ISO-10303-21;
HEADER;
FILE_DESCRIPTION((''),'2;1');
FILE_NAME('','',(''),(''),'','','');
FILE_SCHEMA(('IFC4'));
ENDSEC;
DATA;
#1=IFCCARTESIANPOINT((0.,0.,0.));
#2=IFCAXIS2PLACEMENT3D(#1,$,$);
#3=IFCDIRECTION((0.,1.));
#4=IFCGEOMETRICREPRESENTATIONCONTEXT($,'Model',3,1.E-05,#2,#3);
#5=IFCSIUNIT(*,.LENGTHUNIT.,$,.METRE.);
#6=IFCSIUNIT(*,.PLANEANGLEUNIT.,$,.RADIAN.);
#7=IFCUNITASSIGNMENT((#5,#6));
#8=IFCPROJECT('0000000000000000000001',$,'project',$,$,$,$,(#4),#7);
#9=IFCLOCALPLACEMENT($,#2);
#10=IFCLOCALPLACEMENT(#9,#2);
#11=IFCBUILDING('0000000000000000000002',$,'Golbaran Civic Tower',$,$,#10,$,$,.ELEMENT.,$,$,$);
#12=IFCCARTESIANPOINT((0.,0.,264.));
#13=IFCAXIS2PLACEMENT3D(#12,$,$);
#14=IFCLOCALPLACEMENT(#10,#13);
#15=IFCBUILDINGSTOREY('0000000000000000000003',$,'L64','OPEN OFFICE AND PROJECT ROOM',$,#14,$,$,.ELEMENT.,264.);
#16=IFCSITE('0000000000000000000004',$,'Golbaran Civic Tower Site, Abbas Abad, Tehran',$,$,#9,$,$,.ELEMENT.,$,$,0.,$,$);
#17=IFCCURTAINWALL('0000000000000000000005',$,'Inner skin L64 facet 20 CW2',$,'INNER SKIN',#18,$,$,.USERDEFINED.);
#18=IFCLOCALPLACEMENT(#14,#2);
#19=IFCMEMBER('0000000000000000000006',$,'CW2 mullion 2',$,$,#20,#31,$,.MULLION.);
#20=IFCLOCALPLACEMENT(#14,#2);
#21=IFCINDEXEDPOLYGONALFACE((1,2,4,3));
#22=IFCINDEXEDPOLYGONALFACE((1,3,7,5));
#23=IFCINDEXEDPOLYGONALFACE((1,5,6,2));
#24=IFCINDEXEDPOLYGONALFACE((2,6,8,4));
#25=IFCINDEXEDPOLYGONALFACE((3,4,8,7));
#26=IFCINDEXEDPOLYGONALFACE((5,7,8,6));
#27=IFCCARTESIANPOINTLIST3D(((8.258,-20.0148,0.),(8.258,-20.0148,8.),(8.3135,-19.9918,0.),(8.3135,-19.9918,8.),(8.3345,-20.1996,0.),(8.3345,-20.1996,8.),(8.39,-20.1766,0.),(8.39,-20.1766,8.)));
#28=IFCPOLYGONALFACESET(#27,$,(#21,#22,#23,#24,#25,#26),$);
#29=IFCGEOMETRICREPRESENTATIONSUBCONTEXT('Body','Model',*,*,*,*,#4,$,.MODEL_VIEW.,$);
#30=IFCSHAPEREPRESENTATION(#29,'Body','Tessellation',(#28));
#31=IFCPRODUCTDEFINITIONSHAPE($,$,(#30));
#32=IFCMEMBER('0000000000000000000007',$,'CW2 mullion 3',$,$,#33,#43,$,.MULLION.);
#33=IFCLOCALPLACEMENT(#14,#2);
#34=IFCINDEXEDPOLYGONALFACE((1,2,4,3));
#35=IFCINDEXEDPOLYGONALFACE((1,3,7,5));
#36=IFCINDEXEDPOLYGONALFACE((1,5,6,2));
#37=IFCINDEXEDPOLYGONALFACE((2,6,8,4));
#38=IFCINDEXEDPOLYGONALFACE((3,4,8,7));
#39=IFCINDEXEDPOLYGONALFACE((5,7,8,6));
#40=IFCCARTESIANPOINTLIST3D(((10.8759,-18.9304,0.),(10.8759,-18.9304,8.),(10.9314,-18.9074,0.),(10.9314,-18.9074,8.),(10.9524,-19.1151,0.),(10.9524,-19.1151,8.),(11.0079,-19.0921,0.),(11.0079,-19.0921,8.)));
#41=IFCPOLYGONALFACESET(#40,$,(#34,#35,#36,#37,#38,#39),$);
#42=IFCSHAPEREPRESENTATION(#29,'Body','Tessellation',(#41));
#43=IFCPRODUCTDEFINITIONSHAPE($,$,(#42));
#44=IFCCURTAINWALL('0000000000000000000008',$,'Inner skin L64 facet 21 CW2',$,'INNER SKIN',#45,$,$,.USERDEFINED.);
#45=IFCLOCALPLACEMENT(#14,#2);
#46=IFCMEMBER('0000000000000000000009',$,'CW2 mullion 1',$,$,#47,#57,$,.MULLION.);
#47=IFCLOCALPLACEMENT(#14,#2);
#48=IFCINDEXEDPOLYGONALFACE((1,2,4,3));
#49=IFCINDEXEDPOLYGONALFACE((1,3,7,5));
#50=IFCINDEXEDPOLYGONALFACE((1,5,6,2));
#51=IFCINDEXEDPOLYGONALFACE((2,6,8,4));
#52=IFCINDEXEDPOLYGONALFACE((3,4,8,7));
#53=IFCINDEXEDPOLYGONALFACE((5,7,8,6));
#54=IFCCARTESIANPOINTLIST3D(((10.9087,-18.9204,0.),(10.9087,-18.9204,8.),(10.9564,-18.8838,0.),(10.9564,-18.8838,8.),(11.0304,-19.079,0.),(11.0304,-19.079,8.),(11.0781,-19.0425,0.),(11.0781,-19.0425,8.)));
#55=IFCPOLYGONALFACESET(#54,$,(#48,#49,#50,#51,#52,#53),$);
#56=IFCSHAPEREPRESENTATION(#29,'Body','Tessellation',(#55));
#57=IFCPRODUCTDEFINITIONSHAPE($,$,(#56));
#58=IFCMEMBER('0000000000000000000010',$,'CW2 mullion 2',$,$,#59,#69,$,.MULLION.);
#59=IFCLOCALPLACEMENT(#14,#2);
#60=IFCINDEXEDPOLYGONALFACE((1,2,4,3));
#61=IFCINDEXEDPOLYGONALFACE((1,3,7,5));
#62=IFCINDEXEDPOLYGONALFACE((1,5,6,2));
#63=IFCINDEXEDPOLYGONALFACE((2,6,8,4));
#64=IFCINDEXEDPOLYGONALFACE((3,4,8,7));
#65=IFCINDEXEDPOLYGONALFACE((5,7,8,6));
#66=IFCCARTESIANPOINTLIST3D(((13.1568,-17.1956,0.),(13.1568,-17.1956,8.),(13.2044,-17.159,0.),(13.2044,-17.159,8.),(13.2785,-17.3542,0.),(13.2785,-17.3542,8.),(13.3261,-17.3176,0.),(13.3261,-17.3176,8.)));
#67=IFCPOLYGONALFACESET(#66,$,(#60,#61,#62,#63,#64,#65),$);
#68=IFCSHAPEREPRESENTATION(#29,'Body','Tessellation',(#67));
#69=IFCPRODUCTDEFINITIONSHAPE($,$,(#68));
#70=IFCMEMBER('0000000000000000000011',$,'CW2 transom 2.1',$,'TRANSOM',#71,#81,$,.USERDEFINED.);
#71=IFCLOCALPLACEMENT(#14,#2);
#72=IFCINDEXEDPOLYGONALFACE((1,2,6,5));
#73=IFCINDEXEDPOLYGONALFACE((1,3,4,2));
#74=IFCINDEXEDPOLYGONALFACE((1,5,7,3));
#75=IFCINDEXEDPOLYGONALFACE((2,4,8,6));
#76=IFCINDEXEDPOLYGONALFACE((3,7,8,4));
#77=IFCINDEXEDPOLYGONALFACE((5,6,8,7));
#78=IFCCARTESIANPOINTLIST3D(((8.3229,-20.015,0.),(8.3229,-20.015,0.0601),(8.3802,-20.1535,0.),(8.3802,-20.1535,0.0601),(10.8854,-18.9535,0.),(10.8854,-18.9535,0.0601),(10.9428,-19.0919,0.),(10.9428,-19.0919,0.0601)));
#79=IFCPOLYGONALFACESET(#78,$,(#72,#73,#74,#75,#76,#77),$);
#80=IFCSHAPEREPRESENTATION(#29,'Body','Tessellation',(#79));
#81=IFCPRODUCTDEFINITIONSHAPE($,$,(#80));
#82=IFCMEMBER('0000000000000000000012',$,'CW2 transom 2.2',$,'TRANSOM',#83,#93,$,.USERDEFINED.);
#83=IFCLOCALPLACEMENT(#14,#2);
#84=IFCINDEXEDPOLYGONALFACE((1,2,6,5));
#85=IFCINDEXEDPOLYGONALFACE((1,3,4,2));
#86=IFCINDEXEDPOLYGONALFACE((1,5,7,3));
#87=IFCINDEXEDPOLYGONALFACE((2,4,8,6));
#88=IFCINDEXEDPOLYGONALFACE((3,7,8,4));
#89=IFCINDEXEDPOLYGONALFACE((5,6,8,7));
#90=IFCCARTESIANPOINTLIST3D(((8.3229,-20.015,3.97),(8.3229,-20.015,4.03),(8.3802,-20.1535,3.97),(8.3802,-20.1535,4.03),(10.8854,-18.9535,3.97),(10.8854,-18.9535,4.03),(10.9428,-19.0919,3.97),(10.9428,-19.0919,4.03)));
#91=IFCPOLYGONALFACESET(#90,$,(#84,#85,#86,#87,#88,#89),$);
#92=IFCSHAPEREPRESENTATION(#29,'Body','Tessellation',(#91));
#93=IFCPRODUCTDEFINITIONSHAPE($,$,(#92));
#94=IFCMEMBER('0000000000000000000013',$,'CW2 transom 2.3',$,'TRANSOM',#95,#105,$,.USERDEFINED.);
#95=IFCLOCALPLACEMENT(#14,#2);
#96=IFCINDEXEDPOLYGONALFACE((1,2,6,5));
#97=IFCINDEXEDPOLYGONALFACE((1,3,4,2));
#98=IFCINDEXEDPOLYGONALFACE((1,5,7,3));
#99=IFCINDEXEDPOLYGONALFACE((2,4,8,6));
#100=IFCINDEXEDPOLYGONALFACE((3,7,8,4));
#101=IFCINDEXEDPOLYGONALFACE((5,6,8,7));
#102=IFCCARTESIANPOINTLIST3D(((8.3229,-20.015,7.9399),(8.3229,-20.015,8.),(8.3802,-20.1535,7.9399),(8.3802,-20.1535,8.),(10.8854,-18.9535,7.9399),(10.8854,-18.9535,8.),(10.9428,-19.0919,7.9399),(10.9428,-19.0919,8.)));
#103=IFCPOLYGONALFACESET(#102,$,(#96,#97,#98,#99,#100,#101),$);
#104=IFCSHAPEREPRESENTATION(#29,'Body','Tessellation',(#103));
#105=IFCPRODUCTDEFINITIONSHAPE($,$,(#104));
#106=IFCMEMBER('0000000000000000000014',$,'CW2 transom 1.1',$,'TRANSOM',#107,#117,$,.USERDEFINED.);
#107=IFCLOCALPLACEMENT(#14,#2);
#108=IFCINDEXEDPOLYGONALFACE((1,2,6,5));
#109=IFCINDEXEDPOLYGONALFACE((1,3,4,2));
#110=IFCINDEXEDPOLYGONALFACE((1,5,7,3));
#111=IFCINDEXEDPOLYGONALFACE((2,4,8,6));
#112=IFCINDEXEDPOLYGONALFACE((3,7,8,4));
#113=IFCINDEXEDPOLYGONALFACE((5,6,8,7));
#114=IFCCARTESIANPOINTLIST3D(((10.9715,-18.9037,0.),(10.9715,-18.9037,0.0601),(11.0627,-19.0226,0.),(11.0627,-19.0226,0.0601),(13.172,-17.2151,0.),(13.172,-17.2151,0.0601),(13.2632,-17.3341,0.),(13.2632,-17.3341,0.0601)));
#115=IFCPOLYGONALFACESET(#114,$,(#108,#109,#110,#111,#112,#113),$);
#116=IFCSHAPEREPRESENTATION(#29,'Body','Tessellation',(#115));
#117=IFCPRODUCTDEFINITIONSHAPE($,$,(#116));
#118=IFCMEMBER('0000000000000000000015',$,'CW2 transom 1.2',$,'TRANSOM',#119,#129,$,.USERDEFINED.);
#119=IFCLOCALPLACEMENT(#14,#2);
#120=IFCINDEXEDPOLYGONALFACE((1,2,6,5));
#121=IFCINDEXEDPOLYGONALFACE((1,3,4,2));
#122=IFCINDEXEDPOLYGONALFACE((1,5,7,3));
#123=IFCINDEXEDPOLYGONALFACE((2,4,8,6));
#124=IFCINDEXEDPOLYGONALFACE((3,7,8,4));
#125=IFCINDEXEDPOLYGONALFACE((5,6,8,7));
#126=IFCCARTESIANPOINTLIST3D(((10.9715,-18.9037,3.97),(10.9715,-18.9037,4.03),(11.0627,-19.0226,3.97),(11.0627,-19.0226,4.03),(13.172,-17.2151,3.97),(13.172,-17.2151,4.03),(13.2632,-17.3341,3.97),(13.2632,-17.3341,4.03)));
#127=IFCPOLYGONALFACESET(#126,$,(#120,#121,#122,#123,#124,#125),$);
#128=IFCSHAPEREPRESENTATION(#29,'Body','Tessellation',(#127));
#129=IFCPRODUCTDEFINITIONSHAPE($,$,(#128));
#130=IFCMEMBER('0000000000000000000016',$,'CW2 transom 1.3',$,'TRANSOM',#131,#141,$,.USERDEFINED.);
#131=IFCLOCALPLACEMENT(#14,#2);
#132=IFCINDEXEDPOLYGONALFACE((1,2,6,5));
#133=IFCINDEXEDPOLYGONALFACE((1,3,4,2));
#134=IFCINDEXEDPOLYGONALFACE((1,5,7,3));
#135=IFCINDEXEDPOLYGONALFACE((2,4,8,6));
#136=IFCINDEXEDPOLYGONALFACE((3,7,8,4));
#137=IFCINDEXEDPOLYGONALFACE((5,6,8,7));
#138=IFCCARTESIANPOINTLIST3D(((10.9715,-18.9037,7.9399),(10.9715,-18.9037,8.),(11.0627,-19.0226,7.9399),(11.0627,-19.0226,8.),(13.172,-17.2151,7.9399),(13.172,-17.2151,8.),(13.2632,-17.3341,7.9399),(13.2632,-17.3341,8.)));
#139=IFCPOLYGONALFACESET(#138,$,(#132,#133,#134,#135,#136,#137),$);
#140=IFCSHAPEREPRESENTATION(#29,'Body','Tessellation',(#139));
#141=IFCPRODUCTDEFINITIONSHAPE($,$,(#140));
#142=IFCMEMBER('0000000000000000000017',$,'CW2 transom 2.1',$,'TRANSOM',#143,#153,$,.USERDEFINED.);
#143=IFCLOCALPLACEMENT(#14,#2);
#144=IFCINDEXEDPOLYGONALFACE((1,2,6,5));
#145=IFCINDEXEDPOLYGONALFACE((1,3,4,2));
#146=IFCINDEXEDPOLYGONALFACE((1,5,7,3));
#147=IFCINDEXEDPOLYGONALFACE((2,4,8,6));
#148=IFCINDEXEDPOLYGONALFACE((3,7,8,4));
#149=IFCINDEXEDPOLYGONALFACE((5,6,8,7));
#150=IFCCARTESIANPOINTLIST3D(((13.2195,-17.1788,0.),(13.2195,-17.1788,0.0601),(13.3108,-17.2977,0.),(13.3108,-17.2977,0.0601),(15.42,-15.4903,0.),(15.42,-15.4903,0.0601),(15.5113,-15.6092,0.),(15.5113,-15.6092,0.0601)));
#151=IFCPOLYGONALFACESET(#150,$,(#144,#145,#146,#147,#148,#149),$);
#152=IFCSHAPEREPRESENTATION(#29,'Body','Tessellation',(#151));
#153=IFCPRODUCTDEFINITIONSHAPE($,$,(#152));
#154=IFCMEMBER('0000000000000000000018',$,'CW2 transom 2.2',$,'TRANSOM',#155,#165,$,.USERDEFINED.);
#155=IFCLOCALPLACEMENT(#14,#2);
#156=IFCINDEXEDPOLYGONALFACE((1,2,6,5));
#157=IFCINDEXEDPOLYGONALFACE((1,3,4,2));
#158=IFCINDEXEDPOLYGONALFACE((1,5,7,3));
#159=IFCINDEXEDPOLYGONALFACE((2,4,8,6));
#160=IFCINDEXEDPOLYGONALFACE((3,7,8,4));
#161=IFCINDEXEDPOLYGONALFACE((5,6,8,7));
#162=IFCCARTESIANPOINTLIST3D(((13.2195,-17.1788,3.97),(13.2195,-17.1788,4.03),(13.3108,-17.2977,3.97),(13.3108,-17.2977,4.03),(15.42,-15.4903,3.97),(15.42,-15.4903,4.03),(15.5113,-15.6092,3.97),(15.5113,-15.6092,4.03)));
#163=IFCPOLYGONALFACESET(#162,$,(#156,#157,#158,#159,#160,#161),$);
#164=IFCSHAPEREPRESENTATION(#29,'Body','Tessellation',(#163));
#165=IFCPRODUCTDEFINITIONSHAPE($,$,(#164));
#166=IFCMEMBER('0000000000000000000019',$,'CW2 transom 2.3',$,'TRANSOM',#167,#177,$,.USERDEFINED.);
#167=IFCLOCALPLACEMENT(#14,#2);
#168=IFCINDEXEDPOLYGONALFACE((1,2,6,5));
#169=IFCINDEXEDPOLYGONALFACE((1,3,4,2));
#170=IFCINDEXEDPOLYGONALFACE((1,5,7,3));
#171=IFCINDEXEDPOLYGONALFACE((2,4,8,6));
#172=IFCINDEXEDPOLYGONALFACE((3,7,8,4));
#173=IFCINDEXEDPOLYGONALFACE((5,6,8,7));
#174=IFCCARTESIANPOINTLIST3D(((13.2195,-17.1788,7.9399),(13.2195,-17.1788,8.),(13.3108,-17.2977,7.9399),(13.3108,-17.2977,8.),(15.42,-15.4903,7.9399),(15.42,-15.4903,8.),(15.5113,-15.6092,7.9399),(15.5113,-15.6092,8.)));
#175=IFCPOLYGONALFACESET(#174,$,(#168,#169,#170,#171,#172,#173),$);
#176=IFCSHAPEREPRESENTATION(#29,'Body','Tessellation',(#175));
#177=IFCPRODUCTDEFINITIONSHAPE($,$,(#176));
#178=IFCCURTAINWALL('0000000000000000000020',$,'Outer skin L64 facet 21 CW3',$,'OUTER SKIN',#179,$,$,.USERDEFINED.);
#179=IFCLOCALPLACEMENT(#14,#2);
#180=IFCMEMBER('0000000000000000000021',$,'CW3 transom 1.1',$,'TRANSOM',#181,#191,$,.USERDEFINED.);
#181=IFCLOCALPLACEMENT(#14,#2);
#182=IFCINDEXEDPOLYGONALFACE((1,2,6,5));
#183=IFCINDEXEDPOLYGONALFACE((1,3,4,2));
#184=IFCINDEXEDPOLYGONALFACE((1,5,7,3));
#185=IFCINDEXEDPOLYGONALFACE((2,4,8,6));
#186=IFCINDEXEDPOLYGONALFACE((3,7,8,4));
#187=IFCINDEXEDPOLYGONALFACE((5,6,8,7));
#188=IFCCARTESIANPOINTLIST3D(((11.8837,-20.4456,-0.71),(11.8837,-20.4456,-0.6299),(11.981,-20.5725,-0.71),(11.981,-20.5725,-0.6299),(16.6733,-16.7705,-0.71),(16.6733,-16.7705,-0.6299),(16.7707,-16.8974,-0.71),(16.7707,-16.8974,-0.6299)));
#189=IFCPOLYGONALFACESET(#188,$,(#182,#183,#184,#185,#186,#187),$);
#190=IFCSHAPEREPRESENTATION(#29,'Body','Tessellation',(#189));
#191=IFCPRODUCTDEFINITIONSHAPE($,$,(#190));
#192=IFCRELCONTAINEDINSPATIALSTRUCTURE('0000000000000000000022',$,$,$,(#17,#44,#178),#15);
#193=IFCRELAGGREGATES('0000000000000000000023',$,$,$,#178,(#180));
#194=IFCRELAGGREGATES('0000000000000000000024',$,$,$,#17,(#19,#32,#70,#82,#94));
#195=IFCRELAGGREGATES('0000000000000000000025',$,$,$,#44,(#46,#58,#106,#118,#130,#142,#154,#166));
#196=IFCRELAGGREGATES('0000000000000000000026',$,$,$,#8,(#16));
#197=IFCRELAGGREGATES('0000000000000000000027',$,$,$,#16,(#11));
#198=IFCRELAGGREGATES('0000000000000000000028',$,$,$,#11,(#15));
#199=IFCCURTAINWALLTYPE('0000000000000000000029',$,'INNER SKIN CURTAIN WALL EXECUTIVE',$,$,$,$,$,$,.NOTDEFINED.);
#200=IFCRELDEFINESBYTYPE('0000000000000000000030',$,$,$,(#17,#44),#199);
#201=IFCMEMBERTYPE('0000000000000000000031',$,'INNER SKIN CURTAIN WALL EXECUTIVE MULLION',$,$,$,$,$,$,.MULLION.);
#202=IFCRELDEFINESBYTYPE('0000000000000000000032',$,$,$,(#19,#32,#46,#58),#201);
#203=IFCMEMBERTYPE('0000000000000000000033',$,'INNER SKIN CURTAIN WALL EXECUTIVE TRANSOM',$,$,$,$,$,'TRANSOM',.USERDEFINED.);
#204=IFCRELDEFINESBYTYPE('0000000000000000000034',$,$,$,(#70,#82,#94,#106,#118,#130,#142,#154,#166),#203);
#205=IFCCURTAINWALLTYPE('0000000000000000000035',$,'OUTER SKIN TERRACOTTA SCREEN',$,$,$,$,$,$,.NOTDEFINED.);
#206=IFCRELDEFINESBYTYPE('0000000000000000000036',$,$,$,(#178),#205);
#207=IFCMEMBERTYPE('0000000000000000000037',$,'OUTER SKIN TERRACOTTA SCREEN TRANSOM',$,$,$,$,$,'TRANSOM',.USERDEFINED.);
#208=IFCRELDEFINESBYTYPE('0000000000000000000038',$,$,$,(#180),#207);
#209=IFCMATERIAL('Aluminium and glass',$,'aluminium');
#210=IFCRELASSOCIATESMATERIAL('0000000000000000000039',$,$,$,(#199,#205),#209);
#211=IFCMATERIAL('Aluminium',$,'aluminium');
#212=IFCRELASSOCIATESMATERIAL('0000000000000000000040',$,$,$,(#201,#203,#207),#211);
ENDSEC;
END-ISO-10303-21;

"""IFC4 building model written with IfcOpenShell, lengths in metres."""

from ifc_helpers import new_model, si_unit, direction, frame, origin, origin_2d, place, context, subcontext, project, spatial, rectangle, extrude, material, material_profile, profile_set, type_object, element, aggregate, save


model = new_model("IFC4")

# Units and contexts
model_context = context("Model", 3, precision=1e-05, world=origin(), true_north=direction((0.0, 1.0)))
body_context = subcontext(model_context, "Body", "Model", "MODEL_VIEW")
ifc_project = project(units=[si_unit("LENGTHUNIT", "METRE"), si_unit("PLANEANGLEUNIT", "RADIAN")], contexts=[model_context])

# Site, building, storey
site_placement = place(None, origin())
site = spatial("IfcSite", under=ifc_project, at=site_placement, Name="Golbaran Civic Tower Site, Abbas Abad, Tehran", CompositionType="ELEMENT", RefElevation=0.0)
building_placement = place(site_placement, origin())
building = spatial("IfcBuilding", under=site, at=building_placement, Name="Golbaran Civic Tower", CompositionType="ELEMENT")
storey_placement = place(building_placement, frame((0.0, 0.0, 264.0)))
storey = spatial("IfcBuildingStorey", under=building, at=storey_placement, Name="L64", Description="OPEN OFFICE AND PROJECT ROOM", CompositionType="ELEMENT", Elevation=264.0)

# Curtain walls, members
ifc_material_1 = material(Name="Aluminium and glass", Category="aluminium")
curtain_wall_type_1 = type_object("IfcCurtainWallType", Name="INNER SKIN CURTAIN WALL EXECUTIVE", PredefinedType="NOTDEFINED", material=ifc_material_1)
curtain_wall_1_placement = place(storey_placement, origin())
curtain_wall_1 = element("IfcCurtainWall", 1, at=curtain_wall_1_placement, inside=storey, type_object=curtain_wall_type_1, Name="Inner skin L64 facet 20 CW2", ObjectType="INNER SKIN", PredefinedType="USERDEFINED")
ifc_material_2 = material(Name="Aluminium", Category="aluminium")
ifc_material_profile_1 = material_profile(ifc_material_2, rectangle(XDim=0.2, YDim=0.0601, at=origin_2d()), Name="INNER SKIN CURTAIN WALL EXECUTIVE MULLION")
ifc_profile_set_1 = profile_set([ifc_material_profile_1], Name="Aluminium")
member_type_1 = type_object("IfcMemberType", Name="INNER SKIN CURTAIN WALL EXECUTIVE MULLION", PredefinedType="MULLION", material=ifc_profile_set_1)
member_1_placement = place(storey_placement, frame((8.324, -20.0957, 0.0), z_axis=(0.0, 0.0, 1.0), x_axis=(-0.382683, 0.92388, 0.0)))
member_1 = element("IfcMember", 2, at=member_1_placement, type_object=member_type_1, Name="CW2 mullion 2", PredefinedType="MULLION", context=body_context, shape_type="SweptSolid", body=[
    extrude(rectangle(XDim=0.2, YDim=0.0601, at=origin_2d()), origin(), (0.0, 0.0, 1.0), 8.0),
])
member_2_placement = place(storey_placement, frame((10.9419, -19.0112, 0.0), z_axis=(0.0, 0.0, 1.0), x_axis=(-0.382683, 0.92388, 0.0)))
member_2 = element("IfcMember", 3, at=member_2_placement, type_object=member_type_1, Name="CW2 mullion 3", PredefinedType="MULLION", context=body_context, shape_type="SweptSolid", body=[
    extrude(rectangle(XDim=0.2, YDim=0.0601, at=origin_2d()), origin(), (0.0, 0.0, 1.0), 8.0),
])
curtain_wall_2_placement = place(storey_placement, origin())
curtain_wall_2 = element("IfcCurtainWall", 4, at=curtain_wall_2_placement, inside=storey, type_object=curtain_wall_type_1, Name="Inner skin L64 facet 21 CW2", ObjectType="INNER SKIN", PredefinedType="USERDEFINED")
member_3_placement = place(storey_placement, frame((10.9934, -18.9814, 0.0), z_axis=(0.0, 0.0, 1.0), x_axis=(-0.608761, 0.793353, 0.0)))
member_3 = element("IfcMember", 5, at=member_3_placement, type_object=member_type_1, Name="CW2 mullion 1", PredefinedType="MULLION", context=body_context, shape_type="SweptSolid", body=[
    extrude(rectangle(XDim=0.2, YDim=0.0601, at=origin_2d()), origin(), (0.0, 0.0, 1.0), 8.0),
])
member_4_placement = place(storey_placement, frame((13.2415, -17.2566, 0.0), z_axis=(0.0, 0.0, 1.0), x_axis=(-0.608761, 0.793353, 0.0)))
member_4 = element("IfcMember", 6, at=member_4_placement, type_object=member_type_1, Name="CW2 mullion 2", PredefinedType="MULLION", context=body_context, shape_type="SweptSolid", body=[
    extrude(rectangle(XDim=0.2, YDim=0.0601, at=origin_2d()), origin(), (0.0, 0.0, 1.0), 8.0),
])

# Members
ifc_material_profile_2 = material_profile(ifc_material_2, rectangle(XDim=0.1499, YDim=0.0601, at=origin_2d()), Name="INNER SKIN CURTAIN WALL EXECUTIVE TRANSOM")
ifc_profile_set_2 = profile_set([ifc_material_profile_2], Name="Aluminium")
member_type_2 = type_object("IfcMemberType", Name="INNER SKIN CURTAIN WALL EXECUTIVE TRANSOM", ElementType="TRANSOM", PredefinedType="USERDEFINED", material=ifc_profile_set_2)
member_5_placement = place(storey_placement, frame((8.3516, -20.0842, 0.03), z_axis=(0.923867, 0.382715, 0.0), x_axis=(-0.382715, 0.923867, 0.0)))
member_5 = element("IfcMember", 7, at=member_5_placement, type_object=member_type_2, Name="CW2 transom 2.1", ObjectType="TRANSOM", PredefinedType="USERDEFINED", context=body_context, shape_type="SweptSolid", body=[
    extrude(rectangle(XDim=0.1499, YDim=0.0601, at=origin_2d()), origin(), (0.0, 0.0, 1.0), 2.7737),
])
member_6_placement = place(storey_placement, frame((8.3516, -20.0842, 4.0), z_axis=(0.923867, 0.382715, 0.0), x_axis=(-0.382715, 0.923867, 0.0)))
member_6 = element("IfcMember", 8, at=member_6_placement, type_object=member_type_2, Name="CW2 transom 2.2", ObjectType="TRANSOM", PredefinedType="USERDEFINED", context=body_context, shape_type="SweptSolid", body=[
    extrude(rectangle(XDim=0.1499, YDim=0.0601, at=origin_2d()), origin(), (0.0, 0.0, 1.0), 2.7737),
])
member_7_placement = place(storey_placement, frame((8.3516, -20.0842, 7.97), z_axis=(0.923867, 0.382715, 0.0), x_axis=(-0.382715, 0.923867, 0.0)))
member_7 = element("IfcMember", 9, at=member_7_placement, type_object=member_type_2, Name="CW2 transom 2.3", ObjectType="TRANSOM", PredefinedType="USERDEFINED", context=body_context, shape_type="SweptSolid", body=[
    extrude(rectangle(XDim=0.1499, YDim=0.0601, at=origin_2d()), origin(), (0.0, 0.0, 1.0), 2.7737),
])
member_8_placement = place(storey_placement, frame((11.0171, -18.9631, 0.03), z_axis=(0.79335, 0.608766, 0.0), x_axis=(-0.608766, 0.79335, 0.0)))
member_8 = element("IfcMember", 10, at=member_8_placement, type_object=member_type_2, Name="CW2 transom 1.1", ObjectType="TRANSOM", PredefinedType="USERDEFINED", context=body_context, shape_type="SweptSolid", body=[
    extrude(rectangle(XDim=0.1499, YDim=0.0601, at=origin_2d()), origin(), (0.0, 0.0, 1.0), 2.7737),
])
member_9_placement = place(storey_placement, frame((11.0171, -18.9631, 4.0), z_axis=(0.79335, 0.608766, 0.0), x_axis=(-0.608766, 0.79335, 0.0)))
member_9 = element("IfcMember", 11, at=member_9_placement, type_object=member_type_2, Name="CW2 transom 1.2", ObjectType="TRANSOM", PredefinedType="USERDEFINED", context=body_context, shape_type="SweptSolid", body=[
    extrude(rectangle(XDim=0.1499, YDim=0.0601, at=origin_2d()), origin(), (0.0, 0.0, 1.0), 2.7737),
])
member_10_placement = place(storey_placement, frame((11.0171, -18.9631, 7.97), z_axis=(0.79335, 0.608766, 0.0), x_axis=(-0.608766, 0.79335, 0.0)))
member_10 = element("IfcMember", 12, at=member_10_placement, type_object=member_type_2, Name="CW2 transom 1.3", ObjectType="TRANSOM", PredefinedType="USERDEFINED", context=body_context, shape_type="SweptSolid", body=[
    extrude(rectangle(XDim=0.1499, YDim=0.0601, at=origin_2d()), origin(), (0.0, 0.0, 1.0), 2.7737),
])
member_11_placement = place(storey_placement, frame((13.2651, -17.2383, 0.03), z_axis=(0.79335, 0.608766, 0.0), x_axis=(-0.608766, 0.79335, 0.0)))
member_11 = element("IfcMember", 13, at=member_11_placement, type_object=member_type_2, Name="CW2 transom 2.1", ObjectType="TRANSOM", PredefinedType="USERDEFINED", context=body_context, shape_type="SweptSolid", body=[
    extrude(rectangle(XDim=0.1499, YDim=0.0601, at=origin_2d()), origin(), (0.0, 0.0, 1.0), 2.7737),
])
member_12_placement = place(storey_placement, frame((13.2651, -17.2383, 4.0), z_axis=(0.79335, 0.608766, 0.0), x_axis=(-0.608766, 0.79335, 0.0)))
member_12 = element("IfcMember", 14, at=member_12_placement, type_object=member_type_2, Name="CW2 transom 2.2", ObjectType="TRANSOM", PredefinedType="USERDEFINED", context=body_context, shape_type="SweptSolid", body=[
    extrude(rectangle(XDim=0.1499, YDim=0.0601, at=origin_2d()), origin(), (0.0, 0.0, 1.0), 2.7737),
])
member_13_placement = place(storey_placement, frame((13.2651, -17.2383, 7.97), z_axis=(0.79335, 0.608766, 0.0), x_axis=(-0.608766, 0.79335, 0.0)))
member_13 = element("IfcMember", 15, at=member_13_placement, type_object=member_type_2, Name="CW2 transom 2.3", ObjectType="TRANSOM", PredefinedType="USERDEFINED", context=body_context, shape_type="SweptSolid", body=[
    extrude(rectangle(XDim=0.1499, YDim=0.0601, at=origin_2d()), origin(), (0.0, 0.0, 1.0), 2.7737),
])

# Curtain wall, member
curtain_wall_type_2 = type_object("IfcCurtainWallType", Name="OUTER SKIN TERRACOTTA SCREEN", PredefinedType="NOTDEFINED", material=ifc_material_1)
curtain_wall_3_placement = place(storey_placement, origin())
curtain_wall_3 = element("IfcCurtainWall", 16, at=curtain_wall_3_placement, inside=storey, type_object=curtain_wall_type_2, Name="Outer skin L64 facet 21 CW3", ObjectType="OUTER SKIN", PredefinedType="USERDEFINED")
ifc_material_profile_3 = material_profile(ifc_material_2, rectangle(XDim=0.1599, YDim=0.0801, at=origin_2d()), Name="OUTER SKIN TERRACOTTA SCREEN TRANSOM")
ifc_profile_set_3 = profile_set([ifc_material_profile_3], Name="Aluminium")
member_type_3 = type_object("IfcMemberType", Name="OUTER SKIN TERRACOTTA SCREEN TRANSOM", ElementType="TRANSOM", PredefinedType="USERDEFINED", material=ifc_profile_set_3)
member_14_placement = place(storey_placement, frame((11.9324, -20.509, -0.6699), z_axis=(0.793362, 0.608751, 0.0), x_axis=(-0.608751, 0.793362, 0.0)))
member_14 = element("IfcMember", 17, at=member_14_placement, type_object=member_type_3, Name="CW3 transom 1.1", ObjectType="TRANSOM", PredefinedType="USERDEFINED", context=body_context, shape_type="SweptSolid", body=[
    extrude(rectangle(XDim=0.1599, YDim=0.0801, at=origin_2d()), origin(), (0.0, 0.0, 1.0), 6.0371),
])
aggregate(curtain_wall_3, [member_14])

aggregate(curtain_wall_1, [member_1, member_2, member_5, member_6, member_7])
aggregate(curtain_wall_2, [member_3, member_4, member_8, member_9, member_10, member_11, member_12, member_13])

save(model, "model.ifc")
